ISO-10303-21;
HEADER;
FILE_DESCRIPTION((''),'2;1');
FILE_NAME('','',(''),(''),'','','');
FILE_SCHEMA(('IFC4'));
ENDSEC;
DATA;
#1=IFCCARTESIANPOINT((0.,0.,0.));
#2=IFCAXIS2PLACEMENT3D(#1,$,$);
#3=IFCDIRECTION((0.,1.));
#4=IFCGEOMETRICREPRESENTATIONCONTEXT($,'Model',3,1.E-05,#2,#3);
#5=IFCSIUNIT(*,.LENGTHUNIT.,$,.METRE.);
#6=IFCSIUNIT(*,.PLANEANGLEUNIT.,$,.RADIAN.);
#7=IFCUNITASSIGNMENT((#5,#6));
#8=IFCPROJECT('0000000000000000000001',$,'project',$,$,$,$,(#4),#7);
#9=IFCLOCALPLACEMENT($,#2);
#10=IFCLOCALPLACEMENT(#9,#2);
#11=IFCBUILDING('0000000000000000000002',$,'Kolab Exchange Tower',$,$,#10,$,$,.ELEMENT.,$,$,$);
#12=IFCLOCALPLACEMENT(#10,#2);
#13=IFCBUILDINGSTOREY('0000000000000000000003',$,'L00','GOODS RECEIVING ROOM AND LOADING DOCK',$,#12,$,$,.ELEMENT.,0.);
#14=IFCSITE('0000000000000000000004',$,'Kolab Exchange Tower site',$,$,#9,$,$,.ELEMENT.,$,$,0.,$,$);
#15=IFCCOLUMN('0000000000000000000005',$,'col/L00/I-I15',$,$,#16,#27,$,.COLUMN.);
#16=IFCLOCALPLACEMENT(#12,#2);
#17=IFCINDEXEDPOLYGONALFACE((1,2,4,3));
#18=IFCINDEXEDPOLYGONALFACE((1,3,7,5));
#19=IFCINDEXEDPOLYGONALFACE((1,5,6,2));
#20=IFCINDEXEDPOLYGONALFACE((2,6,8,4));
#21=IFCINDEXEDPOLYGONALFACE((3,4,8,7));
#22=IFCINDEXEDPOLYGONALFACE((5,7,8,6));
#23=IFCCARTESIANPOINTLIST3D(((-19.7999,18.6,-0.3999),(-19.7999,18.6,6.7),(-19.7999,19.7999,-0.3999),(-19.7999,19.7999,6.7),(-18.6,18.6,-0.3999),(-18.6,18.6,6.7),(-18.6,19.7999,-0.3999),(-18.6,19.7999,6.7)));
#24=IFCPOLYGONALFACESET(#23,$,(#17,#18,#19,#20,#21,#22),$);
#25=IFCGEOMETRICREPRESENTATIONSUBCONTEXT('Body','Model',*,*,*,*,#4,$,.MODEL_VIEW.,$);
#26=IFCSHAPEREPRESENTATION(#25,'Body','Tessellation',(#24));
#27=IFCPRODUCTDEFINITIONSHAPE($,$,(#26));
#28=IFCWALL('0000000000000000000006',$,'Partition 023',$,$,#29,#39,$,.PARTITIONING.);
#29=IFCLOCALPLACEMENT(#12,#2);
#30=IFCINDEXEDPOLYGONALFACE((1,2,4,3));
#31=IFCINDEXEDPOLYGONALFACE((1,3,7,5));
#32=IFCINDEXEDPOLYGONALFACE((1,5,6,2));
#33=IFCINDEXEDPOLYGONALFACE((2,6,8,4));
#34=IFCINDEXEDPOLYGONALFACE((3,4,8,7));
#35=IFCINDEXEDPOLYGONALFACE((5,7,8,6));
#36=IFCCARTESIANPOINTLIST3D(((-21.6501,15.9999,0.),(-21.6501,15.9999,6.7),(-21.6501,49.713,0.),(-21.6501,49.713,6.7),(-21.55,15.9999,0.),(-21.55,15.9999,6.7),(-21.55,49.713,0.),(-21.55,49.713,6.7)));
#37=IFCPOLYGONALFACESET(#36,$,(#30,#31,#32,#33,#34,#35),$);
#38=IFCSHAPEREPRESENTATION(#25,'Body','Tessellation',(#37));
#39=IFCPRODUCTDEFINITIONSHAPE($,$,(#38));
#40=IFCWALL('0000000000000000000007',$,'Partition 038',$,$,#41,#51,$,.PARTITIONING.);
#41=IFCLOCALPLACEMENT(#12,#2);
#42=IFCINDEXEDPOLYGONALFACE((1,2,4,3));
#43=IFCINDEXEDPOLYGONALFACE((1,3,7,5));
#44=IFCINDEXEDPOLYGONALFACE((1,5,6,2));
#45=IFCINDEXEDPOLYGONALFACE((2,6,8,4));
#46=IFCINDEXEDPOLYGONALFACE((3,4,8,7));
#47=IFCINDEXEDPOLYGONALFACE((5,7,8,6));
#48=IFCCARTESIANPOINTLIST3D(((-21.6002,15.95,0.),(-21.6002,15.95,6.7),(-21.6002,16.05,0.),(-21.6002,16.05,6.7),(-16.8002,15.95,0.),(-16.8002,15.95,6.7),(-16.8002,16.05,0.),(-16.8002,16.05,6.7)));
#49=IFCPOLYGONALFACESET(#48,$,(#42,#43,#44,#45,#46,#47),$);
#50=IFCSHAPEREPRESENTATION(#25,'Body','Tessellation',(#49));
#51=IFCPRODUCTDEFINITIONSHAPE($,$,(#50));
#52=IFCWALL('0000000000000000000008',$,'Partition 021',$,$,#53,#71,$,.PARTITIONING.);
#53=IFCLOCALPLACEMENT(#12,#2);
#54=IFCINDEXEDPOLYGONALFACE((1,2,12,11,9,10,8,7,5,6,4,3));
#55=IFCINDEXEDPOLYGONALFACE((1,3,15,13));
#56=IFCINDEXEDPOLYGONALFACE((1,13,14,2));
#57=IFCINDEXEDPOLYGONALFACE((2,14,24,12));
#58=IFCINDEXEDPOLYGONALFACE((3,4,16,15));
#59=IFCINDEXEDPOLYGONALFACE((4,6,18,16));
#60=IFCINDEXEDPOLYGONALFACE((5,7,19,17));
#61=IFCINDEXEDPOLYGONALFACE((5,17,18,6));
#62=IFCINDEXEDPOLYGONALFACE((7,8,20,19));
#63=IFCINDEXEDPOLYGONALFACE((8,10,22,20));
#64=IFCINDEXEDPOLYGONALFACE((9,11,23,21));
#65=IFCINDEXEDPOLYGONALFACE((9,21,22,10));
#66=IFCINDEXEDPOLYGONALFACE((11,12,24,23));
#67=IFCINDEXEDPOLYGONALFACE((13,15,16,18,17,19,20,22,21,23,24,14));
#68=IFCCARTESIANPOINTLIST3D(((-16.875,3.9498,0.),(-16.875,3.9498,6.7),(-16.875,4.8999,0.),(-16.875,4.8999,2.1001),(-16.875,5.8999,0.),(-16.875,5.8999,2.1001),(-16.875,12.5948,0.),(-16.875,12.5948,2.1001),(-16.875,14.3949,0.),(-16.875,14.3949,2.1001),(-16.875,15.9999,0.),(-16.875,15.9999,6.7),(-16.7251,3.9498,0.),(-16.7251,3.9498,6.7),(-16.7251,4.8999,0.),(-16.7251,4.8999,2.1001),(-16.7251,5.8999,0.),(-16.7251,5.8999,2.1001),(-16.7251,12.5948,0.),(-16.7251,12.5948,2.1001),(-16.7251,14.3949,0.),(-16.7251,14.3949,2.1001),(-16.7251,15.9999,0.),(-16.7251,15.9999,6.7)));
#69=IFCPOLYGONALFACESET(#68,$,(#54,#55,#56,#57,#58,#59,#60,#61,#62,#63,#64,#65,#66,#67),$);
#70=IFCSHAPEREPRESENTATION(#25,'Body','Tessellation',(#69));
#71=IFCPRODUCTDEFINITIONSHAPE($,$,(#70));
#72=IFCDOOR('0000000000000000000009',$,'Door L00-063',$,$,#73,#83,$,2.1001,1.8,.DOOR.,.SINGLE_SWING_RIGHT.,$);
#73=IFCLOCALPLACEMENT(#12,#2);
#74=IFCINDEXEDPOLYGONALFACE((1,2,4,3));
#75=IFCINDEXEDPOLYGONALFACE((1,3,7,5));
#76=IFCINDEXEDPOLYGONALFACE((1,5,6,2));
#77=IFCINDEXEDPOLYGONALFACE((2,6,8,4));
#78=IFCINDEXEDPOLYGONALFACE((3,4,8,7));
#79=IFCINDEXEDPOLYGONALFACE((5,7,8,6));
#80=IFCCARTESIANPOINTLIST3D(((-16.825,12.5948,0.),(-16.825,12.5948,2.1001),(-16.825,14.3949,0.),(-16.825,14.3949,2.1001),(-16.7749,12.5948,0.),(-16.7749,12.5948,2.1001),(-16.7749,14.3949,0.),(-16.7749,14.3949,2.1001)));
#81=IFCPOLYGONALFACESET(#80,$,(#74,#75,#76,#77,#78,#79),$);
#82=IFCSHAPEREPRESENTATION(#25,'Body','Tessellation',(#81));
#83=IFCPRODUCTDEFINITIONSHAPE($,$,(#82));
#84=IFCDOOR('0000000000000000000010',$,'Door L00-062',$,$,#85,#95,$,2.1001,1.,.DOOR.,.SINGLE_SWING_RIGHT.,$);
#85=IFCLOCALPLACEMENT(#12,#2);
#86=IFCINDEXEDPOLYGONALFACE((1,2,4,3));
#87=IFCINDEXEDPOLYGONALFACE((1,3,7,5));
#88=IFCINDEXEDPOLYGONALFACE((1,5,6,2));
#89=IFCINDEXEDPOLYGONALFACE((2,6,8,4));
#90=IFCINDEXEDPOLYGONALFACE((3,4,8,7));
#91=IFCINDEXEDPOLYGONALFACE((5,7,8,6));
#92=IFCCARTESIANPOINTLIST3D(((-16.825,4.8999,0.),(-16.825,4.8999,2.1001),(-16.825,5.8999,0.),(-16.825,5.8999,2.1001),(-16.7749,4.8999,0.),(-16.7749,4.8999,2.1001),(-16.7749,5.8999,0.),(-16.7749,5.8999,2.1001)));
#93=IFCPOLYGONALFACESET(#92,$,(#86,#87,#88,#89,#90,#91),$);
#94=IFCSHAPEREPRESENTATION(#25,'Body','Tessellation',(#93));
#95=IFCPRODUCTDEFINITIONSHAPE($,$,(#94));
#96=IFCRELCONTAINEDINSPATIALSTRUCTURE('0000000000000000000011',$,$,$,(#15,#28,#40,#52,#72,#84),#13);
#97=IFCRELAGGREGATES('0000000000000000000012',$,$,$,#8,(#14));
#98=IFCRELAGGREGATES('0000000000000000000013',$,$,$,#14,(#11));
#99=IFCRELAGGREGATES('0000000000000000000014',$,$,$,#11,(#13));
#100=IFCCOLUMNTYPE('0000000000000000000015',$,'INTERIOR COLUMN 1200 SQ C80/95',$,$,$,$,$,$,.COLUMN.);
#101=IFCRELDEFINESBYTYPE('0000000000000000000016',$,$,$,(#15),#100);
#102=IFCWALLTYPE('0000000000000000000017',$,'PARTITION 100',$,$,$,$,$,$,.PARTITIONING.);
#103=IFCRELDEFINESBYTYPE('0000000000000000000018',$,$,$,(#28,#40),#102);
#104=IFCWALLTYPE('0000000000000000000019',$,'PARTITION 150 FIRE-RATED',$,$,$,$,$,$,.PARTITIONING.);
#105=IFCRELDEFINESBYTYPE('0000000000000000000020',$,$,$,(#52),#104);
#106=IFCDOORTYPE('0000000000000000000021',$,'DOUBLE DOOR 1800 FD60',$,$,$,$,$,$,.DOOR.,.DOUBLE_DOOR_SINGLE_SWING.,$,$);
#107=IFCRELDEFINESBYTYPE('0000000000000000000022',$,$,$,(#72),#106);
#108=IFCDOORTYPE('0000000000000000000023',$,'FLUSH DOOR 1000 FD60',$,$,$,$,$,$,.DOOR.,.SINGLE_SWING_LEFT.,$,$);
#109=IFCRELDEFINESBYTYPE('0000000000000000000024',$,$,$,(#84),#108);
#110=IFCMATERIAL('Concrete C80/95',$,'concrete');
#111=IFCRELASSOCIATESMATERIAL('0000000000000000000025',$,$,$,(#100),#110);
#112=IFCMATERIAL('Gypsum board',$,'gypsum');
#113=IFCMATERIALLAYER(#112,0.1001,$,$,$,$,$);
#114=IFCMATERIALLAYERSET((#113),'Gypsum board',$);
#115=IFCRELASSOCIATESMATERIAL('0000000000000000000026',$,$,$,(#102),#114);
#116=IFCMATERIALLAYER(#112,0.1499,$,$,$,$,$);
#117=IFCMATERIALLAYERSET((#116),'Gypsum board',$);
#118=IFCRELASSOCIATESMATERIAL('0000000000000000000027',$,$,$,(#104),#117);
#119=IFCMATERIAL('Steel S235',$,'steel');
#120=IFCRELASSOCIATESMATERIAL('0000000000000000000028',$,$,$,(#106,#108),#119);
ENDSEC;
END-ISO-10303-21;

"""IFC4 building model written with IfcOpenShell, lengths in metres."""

from ifc_helpers import new_model, si_unit, direction, frame, frame_2d, origin, origin_2d, place, context, subcontext, project, spatial, rectangle, extrude, material, layer, layer_set, material_profile, profile_set, type_object, element, fill, save


model = new_model("IFC4")

# Units and contexts
model_context = context("Model", 3, precision=1e-05, world=origin(), true_north=direction((0.0, 1.0)))
body_context = subcontext(model_context, "Body", "Model", "MODEL_VIEW")
ifc_project = project(units=[si_unit("LENGTHUNIT", "METRE"), si_unit("PLANEANGLEUNIT", "RADIAN")], contexts=[model_context])

# Site, building, storey
site_placement = place(None, origin())
site = spatial("IfcSite", under=ifc_project, at=site_placement, Name="Kolab Exchange Tower site", CompositionType="ELEMENT", RefElevation=0.0)
building_placement = place(site_placement, origin())
building = spatial("IfcBuilding", under=site, at=building_placement, Name="Kolab Exchange Tower", CompositionType="ELEMENT")
storey_placement = place(building_placement, origin())
storey = spatial("IfcBuildingStorey", under=building, at=storey_placement, Name="L00", Description="GOODS RECEIVING ROOM AND LOADING DOCK", CompositionType="ELEMENT", Elevation=0.0)

# Column
ifc_material_1 = material(Name="Concrete C80/95", Category="concrete")
ifc_material_profile_1 = material_profile(ifc_material_1, rectangle(XDim=1.2, YDim=1.2, at=origin_2d()), Name="RC1200")
ifc_profile_set_1 = profile_set([ifc_material_profile_1], Name="Concrete C80/95")
column_type = type_object("IfcColumnType", Name="INTERIOR COLUMN 1200 SQ C80/95", PredefinedType="COLUMN", material=ifc_profile_set_1)
for number, where, z_axis, x_axis, name in (
    (1, (-19.2, 19.2, -0.3999), (0.0, 0.0, 1.0), (1.0, 0.0, 0.0), "col/L00/I-I15"),
):
    element("IfcColumn", number, at=place(storey_placement, frame(where, z_axis=z_axis, x_axis=x_axis)), inside=storey, type_object=column_type, Name=name, PredefinedType="COLUMN", context=body_context, shape_type="SweptSolid", body=[
        extrude(rectangle(XDim=1.2, YDim=1.2, at=origin_2d()), origin(), (0.0, 0.0, 1.0), 7.0999),
    ])

# Walls
ifc_material_2 = material(Name="Gypsum board", Category="gypsum")
ifc_layer_1 = layer(ifc_material_2, 0.1001)
ifc_layer_set_1 = layer_set([ifc_layer_1], Name="Gypsum board")
wall_type_1 = type_object("IfcWallType", Name="PARTITION 100", PredefinedType="PARTITIONING", material=ifc_layer_set_1)
wall_1_placement = place(storey_placement, frame((-21.6001, 16.0, 0.0), z_axis=(0.0, 0.0, 1.0), x_axis=(0.0, 1.0, 0.0)))
element("IfcWall", 2, at=wall_1_placement, inside=storey, type_object=wall_type_1, Name="Partition 023", PredefinedType="PARTITIONING", context=body_context, shape_type="SweptSolid", body=[
    extrude(rectangle(XDim=33.7131, YDim=0.1001, at=frame_2d((16.8564, 0.0))), origin(), (0.0, 0.0, 1.0), 6.7),
])
wall_2_placement = place(storey_placement, frame((-21.6001, 16.0, 0.0), z_axis=(0.0, 0.0, 1.0), x_axis=(1.0, 0.0, 0.0)))
element("IfcWall", 3, at=wall_2_placement, inside=storey, type_object=wall_type_1, Name="Partition 038", PredefinedType="PARTITIONING", context=body_context, shape_type="SweptSolid", body=[
    extrude(rectangle(XDim=4.8, YDim=0.1001, at=frame_2d((2.3999, 0.0))), origin(), (0.0, 0.0, 1.0), 6.7),
])

# Wall, openings, doors
ifc_layer_2 = layer(ifc_material_2, 0.1499)
ifc_layer_set_2 = layer_set([ifc_layer_2], Name="Gypsum board")
wall_type_2 = type_object("IfcWallType", Name="PARTITION 150 FIRE-RATED", PredefinedType="PARTITIONING", material=ifc_layer_set_2)
wall_3_placement = place(storey_placement, frame((-16.8, 3.95, 0.0), z_axis=(0.0, 0.0, 1.0), x_axis=(0.0, 1.0, 0.0)))
wall_3 = element("IfcWall", 4, at=wall_3_placement, inside=storey, type_object=wall_type_2, Name="Partition 021", PredefinedType="PARTITIONING", context=body_context, shape_type="SweptSolid", body=[
    extrude(rectangle(XDim=12.05, YDim=0.1499, at=frame_2d((6.0249, 0.0))), origin(), (0.0, 0.0, 1.0), 6.7),
])
opening_1_placement = place(wall_3_placement, frame((0.95, 0.0, 0.0)))
opening_1 = element("IfcOpeningElement", 5, at=opening_1_placement, cuts=wall_3, PredefinedType="OPENING", context=body_context, shape_type="SweptSolid", body=[
    extrude(rectangle(XDim=1.0, YDim=2.1001, at=frame_2d((0.5, 1.05))), frame((0.0, 0.085, 0.0), z_axis=(0.0, -1.0, 0.0), x_axis=(1.0, 0.0, 0.0)), (0.0, 0.0, 1.0), 0.1699),
])
opening_2_placement = place(wall_3_placement, frame((8.645, 0.0, 0.0)))
opening_2 = element("IfcOpeningElement", 6, at=opening_2_placement, cuts=wall_3, PredefinedType="OPENING", context=body_context, shape_type="SweptSolid", body=[
    extrude(rectangle(XDim=1.8, YDim=2.1001, at=frame_2d((0.8999, 1.05))), frame((0.0, 0.085, 0.0), z_axis=(0.0, -1.0, 0.0), x_axis=(1.0, 0.0, 0.0)), (0.0, 0.0, 1.0), 0.1699),
])
ifc_material_3 = material(Name="Steel S235", Category="steel")
door_type_1 = type_object("IfcDoorType", Name="DOUBLE DOOR 1800 FD60", OperationType="DOUBLE_DOOR_SINGLE_SWING", PredefinedType="DOOR", material=ifc_material_3)
door_1_placement = place(opening_2_placement, origin())
door_1 = element("IfcDoor", 7, at=door_1_placement, inside=storey, type_object=door_type_1, Name="Door L00-063", OperationType="SINGLE_SWING_RIGHT", OverallHeight=2.1001, OverallWidth=1.8, PredefinedType="DOOR", context=body_context, shape_type="SweptSolid", body=[
    extrude(rectangle(XDim=1.8, YDim=2.1001, at=frame_2d((0.8999, 1.05))), frame((0.0, 0.0249, 0.0), z_axis=(0.0, -1.0, 0.0), x_axis=(1.0, 0.0, 0.0)), (0.0, 0.0, 1.0), 0.05),
])
fill(opening_2, door_1)
door_type_2 = type_object("IfcDoorType", Name="FLUSH DOOR 1000 FD60", OperationType="SINGLE_SWING_LEFT", PredefinedType="DOOR", material=ifc_material_3)
door_2_placement = place(opening_1_placement, origin())
door_2 = element("IfcDoor", 8, at=door_2_placement, inside=storey, type_object=door_type_2, Name="Door L00-062", OperationType="SINGLE_SWING_RIGHT", OverallHeight=2.1001, OverallWidth=1.0, PredefinedType="DOOR", context=body_context, shape_type="SweptSolid", body=[
    extrude(rectangle(XDim=1.0, YDim=2.1001, at=frame_2d((0.5, 1.05))), frame((0.0, 0.0249, 0.0), z_axis=(0.0, -1.0, 0.0), x_axis=(1.0, 0.0, 0.0)), (0.0, 0.0, 1.0), 0.05),
])
fill(opening_1, door_2)

save(model, "model.ifc")
